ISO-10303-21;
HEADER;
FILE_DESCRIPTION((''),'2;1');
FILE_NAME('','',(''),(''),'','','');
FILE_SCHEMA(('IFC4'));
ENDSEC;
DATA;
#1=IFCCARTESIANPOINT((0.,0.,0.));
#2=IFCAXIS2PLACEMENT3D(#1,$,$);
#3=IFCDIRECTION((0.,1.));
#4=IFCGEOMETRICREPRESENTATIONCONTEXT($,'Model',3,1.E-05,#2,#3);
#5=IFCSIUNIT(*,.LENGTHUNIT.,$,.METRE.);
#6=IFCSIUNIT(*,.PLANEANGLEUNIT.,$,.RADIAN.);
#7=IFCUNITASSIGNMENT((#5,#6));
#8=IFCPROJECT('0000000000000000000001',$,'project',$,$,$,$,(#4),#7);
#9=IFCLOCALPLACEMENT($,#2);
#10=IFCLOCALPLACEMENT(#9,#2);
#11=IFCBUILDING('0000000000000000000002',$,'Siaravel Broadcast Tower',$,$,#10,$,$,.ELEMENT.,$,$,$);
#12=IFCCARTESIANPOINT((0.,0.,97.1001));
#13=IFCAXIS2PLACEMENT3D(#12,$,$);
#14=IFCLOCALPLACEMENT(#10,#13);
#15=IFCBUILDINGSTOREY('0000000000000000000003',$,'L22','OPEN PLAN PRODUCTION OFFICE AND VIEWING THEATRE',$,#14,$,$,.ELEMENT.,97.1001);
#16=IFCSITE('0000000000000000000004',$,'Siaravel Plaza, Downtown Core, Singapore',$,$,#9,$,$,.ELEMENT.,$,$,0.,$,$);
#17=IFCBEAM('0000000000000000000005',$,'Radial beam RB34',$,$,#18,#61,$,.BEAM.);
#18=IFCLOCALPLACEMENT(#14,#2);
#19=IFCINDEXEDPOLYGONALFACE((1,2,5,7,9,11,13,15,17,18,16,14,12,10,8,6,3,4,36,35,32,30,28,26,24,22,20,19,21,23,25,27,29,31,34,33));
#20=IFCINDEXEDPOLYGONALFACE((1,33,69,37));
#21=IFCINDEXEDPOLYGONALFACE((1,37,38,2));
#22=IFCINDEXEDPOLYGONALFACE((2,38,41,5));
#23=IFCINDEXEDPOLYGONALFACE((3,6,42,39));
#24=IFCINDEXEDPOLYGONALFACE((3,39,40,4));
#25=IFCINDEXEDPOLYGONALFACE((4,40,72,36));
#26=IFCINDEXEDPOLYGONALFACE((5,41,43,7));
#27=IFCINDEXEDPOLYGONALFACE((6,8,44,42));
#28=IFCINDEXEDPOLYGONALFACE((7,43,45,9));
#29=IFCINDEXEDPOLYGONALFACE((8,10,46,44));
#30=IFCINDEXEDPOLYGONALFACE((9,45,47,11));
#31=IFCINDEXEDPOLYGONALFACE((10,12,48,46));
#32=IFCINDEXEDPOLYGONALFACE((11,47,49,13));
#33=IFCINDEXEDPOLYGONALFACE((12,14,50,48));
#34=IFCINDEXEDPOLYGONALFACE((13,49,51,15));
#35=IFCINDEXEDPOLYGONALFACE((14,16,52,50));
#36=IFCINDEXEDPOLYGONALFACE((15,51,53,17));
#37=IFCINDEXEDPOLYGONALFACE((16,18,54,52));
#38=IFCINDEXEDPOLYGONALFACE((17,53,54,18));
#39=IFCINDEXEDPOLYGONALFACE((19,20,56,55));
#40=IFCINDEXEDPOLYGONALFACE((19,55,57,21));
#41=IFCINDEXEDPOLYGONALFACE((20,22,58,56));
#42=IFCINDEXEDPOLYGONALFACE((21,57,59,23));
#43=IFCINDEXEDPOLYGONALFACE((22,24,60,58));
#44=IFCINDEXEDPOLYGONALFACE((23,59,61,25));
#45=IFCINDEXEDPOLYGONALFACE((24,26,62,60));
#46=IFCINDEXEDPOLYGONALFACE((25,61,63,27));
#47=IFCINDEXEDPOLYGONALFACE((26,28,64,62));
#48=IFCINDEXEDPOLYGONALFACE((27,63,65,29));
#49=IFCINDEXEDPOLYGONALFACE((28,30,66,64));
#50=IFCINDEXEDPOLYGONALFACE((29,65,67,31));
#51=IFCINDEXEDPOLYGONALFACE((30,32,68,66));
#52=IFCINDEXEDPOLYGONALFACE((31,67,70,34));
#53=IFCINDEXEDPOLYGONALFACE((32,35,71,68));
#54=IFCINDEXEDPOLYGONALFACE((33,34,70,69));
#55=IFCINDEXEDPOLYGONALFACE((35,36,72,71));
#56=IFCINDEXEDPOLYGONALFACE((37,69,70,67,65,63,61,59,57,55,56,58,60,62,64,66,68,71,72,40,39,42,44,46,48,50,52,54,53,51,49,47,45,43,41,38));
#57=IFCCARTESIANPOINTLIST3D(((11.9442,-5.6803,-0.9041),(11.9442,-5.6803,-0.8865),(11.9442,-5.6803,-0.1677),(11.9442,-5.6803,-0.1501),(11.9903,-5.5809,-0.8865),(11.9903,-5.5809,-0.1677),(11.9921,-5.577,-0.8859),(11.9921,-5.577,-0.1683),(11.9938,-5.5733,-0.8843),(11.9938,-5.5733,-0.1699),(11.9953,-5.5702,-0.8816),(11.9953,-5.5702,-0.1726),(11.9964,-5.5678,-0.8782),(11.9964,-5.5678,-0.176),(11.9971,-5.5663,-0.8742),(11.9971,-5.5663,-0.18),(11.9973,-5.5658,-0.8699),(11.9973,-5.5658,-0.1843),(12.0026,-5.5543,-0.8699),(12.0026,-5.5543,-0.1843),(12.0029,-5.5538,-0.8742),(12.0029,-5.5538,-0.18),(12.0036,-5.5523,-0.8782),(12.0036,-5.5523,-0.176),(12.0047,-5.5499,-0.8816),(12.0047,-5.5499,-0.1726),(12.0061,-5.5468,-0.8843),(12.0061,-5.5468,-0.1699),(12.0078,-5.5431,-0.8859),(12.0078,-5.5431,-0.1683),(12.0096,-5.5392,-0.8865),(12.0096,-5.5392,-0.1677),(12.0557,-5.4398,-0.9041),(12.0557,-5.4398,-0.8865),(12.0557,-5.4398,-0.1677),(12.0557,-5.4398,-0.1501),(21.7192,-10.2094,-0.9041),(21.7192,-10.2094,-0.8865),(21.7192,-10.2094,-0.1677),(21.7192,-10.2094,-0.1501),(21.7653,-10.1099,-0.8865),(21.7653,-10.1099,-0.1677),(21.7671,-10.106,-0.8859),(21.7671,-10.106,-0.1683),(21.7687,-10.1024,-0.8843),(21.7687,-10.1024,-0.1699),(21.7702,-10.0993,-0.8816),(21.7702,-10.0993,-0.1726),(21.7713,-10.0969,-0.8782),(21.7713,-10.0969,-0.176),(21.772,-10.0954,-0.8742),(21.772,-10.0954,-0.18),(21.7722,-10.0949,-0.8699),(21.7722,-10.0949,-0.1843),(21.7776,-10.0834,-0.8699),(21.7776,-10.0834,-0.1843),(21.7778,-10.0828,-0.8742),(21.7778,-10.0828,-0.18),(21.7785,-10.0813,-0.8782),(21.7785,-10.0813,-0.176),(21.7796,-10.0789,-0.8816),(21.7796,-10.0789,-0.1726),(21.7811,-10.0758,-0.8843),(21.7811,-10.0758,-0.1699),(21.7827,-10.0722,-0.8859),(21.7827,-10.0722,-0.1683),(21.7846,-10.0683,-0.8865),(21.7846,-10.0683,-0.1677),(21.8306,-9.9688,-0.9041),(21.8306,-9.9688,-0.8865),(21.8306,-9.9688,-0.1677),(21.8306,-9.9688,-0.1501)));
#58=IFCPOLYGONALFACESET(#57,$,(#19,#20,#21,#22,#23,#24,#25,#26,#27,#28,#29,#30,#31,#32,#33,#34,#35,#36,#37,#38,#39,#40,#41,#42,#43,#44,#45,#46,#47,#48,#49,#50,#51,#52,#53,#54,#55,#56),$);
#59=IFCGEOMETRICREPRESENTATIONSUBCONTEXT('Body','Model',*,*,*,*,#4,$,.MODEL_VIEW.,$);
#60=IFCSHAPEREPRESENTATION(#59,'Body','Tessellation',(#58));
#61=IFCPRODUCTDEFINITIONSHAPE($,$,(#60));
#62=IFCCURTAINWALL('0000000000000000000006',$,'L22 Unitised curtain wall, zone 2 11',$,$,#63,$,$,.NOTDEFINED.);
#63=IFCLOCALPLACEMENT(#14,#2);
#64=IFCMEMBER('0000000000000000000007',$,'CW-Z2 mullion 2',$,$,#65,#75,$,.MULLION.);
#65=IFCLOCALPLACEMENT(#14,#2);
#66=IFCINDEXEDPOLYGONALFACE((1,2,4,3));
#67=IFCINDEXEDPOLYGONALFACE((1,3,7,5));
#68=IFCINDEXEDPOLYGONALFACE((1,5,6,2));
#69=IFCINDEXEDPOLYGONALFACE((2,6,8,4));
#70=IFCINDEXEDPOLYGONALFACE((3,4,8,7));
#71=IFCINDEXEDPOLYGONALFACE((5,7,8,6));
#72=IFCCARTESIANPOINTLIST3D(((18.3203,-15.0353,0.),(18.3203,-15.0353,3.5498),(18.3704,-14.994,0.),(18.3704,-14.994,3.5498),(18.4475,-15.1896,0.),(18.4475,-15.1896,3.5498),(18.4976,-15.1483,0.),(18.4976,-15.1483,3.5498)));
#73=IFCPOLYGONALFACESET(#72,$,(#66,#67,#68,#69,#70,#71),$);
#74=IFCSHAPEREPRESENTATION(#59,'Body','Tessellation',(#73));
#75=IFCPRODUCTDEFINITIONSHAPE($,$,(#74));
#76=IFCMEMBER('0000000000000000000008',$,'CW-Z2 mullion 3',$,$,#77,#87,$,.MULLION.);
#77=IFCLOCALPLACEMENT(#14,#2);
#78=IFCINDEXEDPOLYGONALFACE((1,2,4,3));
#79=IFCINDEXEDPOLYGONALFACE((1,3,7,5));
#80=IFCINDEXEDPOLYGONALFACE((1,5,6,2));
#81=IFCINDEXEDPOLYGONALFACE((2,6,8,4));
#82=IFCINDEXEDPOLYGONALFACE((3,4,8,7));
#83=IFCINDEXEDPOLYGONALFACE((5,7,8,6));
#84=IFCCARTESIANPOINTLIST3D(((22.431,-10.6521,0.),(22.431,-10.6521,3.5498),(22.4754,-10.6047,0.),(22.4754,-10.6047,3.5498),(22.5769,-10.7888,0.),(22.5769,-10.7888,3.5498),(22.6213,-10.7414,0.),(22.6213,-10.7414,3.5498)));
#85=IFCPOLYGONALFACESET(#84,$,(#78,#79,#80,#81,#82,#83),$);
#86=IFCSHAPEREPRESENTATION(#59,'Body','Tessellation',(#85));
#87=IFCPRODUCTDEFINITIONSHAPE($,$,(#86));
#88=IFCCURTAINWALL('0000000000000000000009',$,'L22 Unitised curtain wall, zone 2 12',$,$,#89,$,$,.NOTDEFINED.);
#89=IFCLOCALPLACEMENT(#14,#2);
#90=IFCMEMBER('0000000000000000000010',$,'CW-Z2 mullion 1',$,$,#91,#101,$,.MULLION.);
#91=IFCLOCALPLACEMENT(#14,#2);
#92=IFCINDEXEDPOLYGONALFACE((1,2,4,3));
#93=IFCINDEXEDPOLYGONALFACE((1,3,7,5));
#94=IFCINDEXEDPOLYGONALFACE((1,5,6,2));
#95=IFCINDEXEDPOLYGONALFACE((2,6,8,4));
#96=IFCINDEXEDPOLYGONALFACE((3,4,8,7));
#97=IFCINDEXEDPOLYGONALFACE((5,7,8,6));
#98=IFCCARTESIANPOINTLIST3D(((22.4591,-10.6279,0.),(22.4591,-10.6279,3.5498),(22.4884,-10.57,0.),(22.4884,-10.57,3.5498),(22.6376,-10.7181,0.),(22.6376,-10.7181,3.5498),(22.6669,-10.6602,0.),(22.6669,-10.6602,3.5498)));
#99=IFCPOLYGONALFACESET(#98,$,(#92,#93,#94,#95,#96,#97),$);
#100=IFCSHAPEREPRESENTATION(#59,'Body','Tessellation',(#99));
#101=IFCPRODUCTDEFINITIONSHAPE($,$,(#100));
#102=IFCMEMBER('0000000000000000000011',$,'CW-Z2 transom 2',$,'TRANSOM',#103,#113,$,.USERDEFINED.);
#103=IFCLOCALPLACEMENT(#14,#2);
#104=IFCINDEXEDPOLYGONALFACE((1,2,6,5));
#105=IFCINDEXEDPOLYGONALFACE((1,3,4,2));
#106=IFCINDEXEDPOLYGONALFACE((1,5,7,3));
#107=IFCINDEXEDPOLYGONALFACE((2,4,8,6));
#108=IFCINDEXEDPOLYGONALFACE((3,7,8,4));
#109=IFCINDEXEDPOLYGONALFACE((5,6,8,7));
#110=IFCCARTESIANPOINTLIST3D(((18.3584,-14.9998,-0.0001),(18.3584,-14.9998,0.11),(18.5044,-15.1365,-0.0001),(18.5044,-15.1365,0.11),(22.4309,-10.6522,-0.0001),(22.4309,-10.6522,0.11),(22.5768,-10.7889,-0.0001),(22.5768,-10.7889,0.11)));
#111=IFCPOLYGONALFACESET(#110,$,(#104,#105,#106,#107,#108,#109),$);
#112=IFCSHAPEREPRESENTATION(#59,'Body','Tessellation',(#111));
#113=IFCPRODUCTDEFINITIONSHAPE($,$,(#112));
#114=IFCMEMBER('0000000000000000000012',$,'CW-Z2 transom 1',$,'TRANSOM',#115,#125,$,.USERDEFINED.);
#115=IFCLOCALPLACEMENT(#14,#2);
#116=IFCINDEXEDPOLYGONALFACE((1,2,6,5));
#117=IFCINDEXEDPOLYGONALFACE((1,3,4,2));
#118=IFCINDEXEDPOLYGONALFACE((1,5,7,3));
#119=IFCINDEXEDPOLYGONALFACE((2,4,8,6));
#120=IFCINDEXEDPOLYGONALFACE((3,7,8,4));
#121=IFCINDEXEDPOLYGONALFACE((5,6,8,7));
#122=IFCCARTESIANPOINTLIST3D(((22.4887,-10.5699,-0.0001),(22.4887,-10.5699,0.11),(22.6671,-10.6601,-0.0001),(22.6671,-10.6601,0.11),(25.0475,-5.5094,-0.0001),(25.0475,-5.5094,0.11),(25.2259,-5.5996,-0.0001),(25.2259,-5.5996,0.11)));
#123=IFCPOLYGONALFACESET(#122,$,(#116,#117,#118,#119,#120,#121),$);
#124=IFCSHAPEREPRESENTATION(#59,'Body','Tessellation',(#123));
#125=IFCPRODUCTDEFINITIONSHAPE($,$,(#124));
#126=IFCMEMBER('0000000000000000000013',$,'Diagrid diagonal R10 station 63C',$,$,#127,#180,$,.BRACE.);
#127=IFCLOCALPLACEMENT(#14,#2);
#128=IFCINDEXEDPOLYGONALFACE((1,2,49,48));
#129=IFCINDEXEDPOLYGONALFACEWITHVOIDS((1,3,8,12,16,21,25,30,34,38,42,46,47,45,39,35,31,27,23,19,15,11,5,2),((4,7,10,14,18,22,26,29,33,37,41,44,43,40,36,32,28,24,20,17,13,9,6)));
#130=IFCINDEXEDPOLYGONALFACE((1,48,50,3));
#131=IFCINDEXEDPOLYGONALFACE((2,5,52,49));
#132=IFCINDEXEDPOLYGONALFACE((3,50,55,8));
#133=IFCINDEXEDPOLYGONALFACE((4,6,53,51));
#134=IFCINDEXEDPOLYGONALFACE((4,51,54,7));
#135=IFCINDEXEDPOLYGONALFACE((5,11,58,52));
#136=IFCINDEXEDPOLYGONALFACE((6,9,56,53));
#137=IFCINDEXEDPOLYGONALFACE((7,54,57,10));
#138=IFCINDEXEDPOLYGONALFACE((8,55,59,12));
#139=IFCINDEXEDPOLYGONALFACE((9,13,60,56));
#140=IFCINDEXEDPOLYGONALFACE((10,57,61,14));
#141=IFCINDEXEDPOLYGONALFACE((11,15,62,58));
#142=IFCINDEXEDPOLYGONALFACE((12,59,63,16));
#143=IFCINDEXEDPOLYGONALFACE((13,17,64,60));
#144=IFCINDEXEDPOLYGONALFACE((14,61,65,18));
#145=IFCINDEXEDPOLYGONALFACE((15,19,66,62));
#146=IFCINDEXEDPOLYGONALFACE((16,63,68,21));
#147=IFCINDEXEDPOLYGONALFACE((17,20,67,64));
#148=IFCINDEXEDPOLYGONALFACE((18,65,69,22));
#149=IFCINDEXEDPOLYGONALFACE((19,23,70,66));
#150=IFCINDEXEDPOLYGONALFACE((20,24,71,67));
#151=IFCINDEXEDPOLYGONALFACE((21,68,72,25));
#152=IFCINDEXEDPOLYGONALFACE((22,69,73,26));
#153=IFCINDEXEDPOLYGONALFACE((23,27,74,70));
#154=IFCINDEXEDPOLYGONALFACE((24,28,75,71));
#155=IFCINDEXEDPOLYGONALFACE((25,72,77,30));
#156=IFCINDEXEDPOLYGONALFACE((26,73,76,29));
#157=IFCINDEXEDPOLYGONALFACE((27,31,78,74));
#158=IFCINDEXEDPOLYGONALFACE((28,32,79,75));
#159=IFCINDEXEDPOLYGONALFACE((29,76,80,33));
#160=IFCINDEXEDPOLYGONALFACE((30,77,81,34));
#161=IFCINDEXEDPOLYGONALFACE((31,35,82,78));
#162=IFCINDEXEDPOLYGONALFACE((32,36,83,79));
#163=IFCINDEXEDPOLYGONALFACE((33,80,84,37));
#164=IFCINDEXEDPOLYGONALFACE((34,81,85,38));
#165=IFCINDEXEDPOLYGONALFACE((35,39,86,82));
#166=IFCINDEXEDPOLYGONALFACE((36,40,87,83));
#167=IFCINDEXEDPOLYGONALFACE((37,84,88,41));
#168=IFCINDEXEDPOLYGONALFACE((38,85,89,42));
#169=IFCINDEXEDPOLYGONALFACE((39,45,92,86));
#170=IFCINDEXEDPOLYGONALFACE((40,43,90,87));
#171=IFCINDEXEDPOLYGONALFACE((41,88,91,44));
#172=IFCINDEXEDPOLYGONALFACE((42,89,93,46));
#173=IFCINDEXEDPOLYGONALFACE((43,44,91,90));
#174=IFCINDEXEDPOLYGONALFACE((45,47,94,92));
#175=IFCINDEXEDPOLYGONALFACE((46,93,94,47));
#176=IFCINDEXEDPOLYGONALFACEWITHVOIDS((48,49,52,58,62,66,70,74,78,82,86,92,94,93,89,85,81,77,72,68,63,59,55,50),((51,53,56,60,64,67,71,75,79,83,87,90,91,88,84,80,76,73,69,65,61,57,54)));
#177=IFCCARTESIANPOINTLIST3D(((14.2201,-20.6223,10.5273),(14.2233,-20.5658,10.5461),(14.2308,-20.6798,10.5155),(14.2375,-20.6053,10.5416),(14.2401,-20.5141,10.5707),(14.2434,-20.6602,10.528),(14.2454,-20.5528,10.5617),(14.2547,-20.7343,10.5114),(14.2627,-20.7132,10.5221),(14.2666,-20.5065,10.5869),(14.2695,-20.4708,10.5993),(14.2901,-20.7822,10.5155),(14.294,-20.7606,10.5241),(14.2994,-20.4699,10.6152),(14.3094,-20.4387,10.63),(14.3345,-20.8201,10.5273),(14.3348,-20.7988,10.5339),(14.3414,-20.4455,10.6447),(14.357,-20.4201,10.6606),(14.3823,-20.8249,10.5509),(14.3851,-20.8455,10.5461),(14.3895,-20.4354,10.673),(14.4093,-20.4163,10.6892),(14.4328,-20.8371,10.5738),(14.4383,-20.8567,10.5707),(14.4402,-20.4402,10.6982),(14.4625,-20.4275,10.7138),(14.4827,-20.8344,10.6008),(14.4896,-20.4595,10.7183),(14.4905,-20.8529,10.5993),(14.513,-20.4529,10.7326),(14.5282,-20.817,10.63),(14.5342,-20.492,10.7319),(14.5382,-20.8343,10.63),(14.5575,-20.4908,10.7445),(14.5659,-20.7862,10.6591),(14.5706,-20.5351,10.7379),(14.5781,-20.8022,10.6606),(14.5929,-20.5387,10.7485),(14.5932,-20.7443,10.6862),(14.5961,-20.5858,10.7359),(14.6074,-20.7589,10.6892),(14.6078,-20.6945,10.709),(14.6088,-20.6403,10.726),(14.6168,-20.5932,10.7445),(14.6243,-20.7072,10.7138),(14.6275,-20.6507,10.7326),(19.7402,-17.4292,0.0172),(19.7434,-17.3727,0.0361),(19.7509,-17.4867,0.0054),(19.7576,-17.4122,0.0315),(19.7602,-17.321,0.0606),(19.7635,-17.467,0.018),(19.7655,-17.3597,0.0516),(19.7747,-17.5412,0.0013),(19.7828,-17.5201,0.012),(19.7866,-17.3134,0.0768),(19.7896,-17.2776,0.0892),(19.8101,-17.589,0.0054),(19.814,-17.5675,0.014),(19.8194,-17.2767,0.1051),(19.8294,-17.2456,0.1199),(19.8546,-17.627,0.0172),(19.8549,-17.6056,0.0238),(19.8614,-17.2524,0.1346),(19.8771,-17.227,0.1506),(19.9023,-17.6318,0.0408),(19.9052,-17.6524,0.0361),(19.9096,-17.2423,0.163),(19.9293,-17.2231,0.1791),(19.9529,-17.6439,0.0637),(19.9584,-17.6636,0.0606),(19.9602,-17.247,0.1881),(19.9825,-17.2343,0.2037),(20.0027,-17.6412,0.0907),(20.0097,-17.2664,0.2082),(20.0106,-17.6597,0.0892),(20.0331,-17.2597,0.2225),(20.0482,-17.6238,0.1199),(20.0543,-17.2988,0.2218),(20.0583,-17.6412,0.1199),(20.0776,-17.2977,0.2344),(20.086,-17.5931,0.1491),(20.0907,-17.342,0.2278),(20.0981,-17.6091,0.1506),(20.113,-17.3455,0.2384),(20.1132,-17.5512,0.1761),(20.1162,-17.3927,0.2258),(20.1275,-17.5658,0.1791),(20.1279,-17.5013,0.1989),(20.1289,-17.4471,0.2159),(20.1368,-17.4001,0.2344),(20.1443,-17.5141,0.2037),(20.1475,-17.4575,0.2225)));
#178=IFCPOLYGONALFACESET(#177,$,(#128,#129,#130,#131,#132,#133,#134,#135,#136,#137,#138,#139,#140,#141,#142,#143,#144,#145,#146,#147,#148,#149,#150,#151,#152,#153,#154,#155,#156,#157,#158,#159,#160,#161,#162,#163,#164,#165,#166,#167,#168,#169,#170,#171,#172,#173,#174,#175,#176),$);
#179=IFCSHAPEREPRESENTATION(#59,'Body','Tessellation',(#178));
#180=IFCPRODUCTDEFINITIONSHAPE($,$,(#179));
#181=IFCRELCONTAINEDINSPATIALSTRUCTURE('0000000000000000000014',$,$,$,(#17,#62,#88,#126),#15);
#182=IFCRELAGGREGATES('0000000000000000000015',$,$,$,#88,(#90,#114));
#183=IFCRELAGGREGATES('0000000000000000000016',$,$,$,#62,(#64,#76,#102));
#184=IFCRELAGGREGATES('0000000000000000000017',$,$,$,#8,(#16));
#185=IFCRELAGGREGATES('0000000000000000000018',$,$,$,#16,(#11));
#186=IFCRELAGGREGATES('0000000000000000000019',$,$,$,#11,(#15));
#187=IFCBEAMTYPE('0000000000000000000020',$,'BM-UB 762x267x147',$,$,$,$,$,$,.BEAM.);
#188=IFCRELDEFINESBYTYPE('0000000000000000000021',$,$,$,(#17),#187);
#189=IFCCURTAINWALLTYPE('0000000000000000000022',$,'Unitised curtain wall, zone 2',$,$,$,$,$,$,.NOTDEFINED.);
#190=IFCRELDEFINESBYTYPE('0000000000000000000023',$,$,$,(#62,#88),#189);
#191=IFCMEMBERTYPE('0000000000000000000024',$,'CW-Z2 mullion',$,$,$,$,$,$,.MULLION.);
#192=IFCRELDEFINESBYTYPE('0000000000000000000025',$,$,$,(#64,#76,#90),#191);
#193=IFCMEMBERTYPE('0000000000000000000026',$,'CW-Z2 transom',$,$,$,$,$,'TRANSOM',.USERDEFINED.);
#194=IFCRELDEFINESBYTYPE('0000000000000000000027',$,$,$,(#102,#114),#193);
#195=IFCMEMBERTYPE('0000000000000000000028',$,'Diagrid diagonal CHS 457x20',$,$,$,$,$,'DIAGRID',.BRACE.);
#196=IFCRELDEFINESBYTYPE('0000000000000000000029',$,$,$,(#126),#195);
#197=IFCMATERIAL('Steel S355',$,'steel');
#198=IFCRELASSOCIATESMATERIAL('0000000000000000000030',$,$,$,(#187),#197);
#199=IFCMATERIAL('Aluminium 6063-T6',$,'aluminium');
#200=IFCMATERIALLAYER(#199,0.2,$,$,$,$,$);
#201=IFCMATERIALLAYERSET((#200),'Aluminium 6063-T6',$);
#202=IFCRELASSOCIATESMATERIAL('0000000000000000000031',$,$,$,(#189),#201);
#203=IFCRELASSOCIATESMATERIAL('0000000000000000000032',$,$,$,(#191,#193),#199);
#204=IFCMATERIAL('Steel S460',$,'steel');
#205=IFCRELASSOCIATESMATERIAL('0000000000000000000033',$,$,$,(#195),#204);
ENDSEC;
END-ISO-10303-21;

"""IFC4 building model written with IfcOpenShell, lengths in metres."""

from ifc_helpers import new_model, si_unit, direction, frame, origin, origin_2d, place, context, subcontext, project, spatial, rectangle, hollow_circle, i_section, extrude, material, layer, layer_set, material_profile, profile_set, type_object, element, aggregate, save


model = new_model("IFC4")

# Units and contexts
model_context = context("Model", 3, precision=1e-05, world=origin(), true_north=direction((0.0, 1.0)))
body_context = subcontext(model_context, "Body", "Model", "MODEL_VIEW")
ifc_project = project(units=[si_unit("LENGTHUNIT", "METRE"), si_unit("PLANEANGLEUNIT", "RADIAN")], contexts=[model_context])

# Site, building, storey
site_placement = place(None, origin())
site = spatial("IfcSite", under=ifc_project, at=site_placement, Name="Siaravel Plaza, Downtown Core, Singapore", CompositionType="ELEMENT", RefElevation=0.0)
building_placement = place(site_placement, origin())
building = spatial("IfcBuilding", under=site, at=building_placement, Name="Siaravel Broadcast Tower", CompositionType="ELEMENT")
storey_placement = place(building_placement, frame((0.0, 0.0, 97.1001)))
storey = spatial("IfcBuildingStorey", under=building, at=storey_placement, Name="L22", Description="OPEN PLAN PRODUCTION OFFICE AND VIEWING THEATRE", CompositionType="ELEMENT", Elevation=97.1001)

# Beam
ifc_material_1 = material(Name="Steel S355", Category="steel")
ifc_material_profile_1 = material_profile(ifc_material_1, i_section(OverallWidth=0.2651, OverallDepth=0.7539, WebThickness=0.0127, FlangeThickness=0.0176, FilletRadius=0.0166, at=origin_2d()))
ifc_profile_set_1 = profile_set([ifc_material_profile_1], Name="Steel S355")
beam_type = type_object("IfcBeamType", Name="BM-UB 762x267x147", PredefinedType="BEAM", material=ifc_profile_set_1)
beam_1_placement = place(storey_placement, frame((21.7749, -10.0891, -0.5271), z_axis=(-0.907338, 0.420401, 0.0), x_axis=(-0.420401, -0.907338, 0.0)))
element("IfcBeam", 1, at=beam_1_placement, inside=storey, type_object=beam_type, Name="Radial beam RB34", PredefinedType="BEAM", context=body_context, shape_type="SweptSolid", body=[
    extrude(i_section(OverallWidth=0.2651, OverallDepth=0.7539, WebThickness=0.0127, FlangeThickness=0.0176, FilletRadius=0.0166, at=origin_2d()), origin(), (0.0, 0.0, 1.0), 10.7732),
])

# Curtain wall, members
ifc_material_2 = material(Name="Aluminium 6063-T6", Category="aluminium")
ifc_layer_1 = layer(ifc_material_2, 0.2)
ifc_layer_set_1 = layer_set([ifc_layer_1], Name="Aluminium 6063-T6")
curtain_wall_type = type_object("IfcCurtainWallType", Name="Unitised curtain wall, zone 2", PredefinedType="NOTDEFINED", material=ifc_layer_set_1)
curtain_wall_1_placement = place(storey_placement, origin())
curtain_wall_1 = element("IfcCurtainWall", 2, at=curtain_wall_1_placement, inside=storey, type_object=curtain_wall_type, Name="L22 Unitised curtain wall, zone 2 11", PredefinedType="NOTDEFINED")
ifc_material_profile_2 = material_profile(ifc_material_2, rectangle(XDim=0.2, YDim=0.0649, at=origin_2d()))
ifc_profile_set_2 = profile_set([ifc_material_profile_2], Name="Aluminium 6063-T6")
member_type_1 = type_object("IfcMemberType", Name="CW-Z2 mullion", PredefinedType="MULLION", material=ifc_profile_set_2)
member_1_placement = place(storey_placement, frame((18.4089, -15.0918, 0.0), z_axis=(0.0, 0.0, 1.0), x_axis=(-0.636218, 0.771509, 0.0)))
member_1 = element("IfcMember", 3, at=member_1_placement, type_object=member_type_1, Name="CW-Z2 mullion 2", PredefinedType="MULLION", context=body_context, shape_type="SweptSolid", body=[
    extrude(rectangle(XDim=0.2, YDim=0.0649, at=origin_2d()), origin(), (0.0, 0.0, 1.0), 3.5498),
])
member_2_placement = place(storey_placement, frame((22.5261, -10.6968, 0.0), z_axis=(0.0, 0.0, 1.0), x_axis=(-0.729805, 0.683656, 0.0)))
member_2 = element("IfcMember", 4, at=member_2_placement, type_object=member_type_1, Name="CW-Z2 mullion 3", PredefinedType="MULLION", context=body_context, shape_type="SweptSolid", body=[
    extrude(rectangle(XDim=0.2, YDim=0.0649, at=origin_2d()), origin(), (0.0, 0.0, 1.0), 3.5498),
])

# Curtain wall, member
curtain_wall_2_placement = place(storey_placement, origin())
curtain_wall_2 = element("IfcCurtainWall", 5, at=curtain_wall_2_placement, inside=storey, type_object=curtain_wall_type, Name="L22 Unitised curtain wall, zone 2 12", PredefinedType="NOTDEFINED")
member_3_placement = place(storey_placement, frame((22.563, -10.644, 0.0), z_axis=(0.0, 0.0, 1.0), x_axis=(-0.892392, 0.451261, 0.0)))
member_3 = element("IfcMember", 6, at=member_3_placement, type_object=member_type_1, Name="CW-Z2 mullion 1", PredefinedType="MULLION", context=body_context, shape_type="SweptSolid", body=[
    extrude(rectangle(XDim=0.2, YDim=0.0649, at=origin_2d()), origin(), (0.0, 0.0, 1.0), 3.5498),
])

# Members
ifc_material_profile_3 = material_profile(ifc_material_2, rectangle(XDim=0.2, YDim=0.1101, at=origin_2d()))
ifc_profile_set_3 = profile_set([ifc_material_profile_3], Name="Aluminium 6063-T6")
member_type_2 = type_object("IfcMemberType", Name="CW-Z2 transom", ElementType="TRANSOM", PredefinedType="USERDEFINED", material=ifc_profile_set_3)
member_4_placement = place(storey_placement, frame((18.4314, -15.0681, 0.0549), z_axis=(0.683636, 0.729823, 0.0), x_axis=(-0.729823, 0.683636, 0.0)))
member_4 = element("IfcMember", 7, at=member_4_placement, type_object=member_type_2, Name="CW-Z2 transom 2", ObjectType="TRANSOM", PredefinedType="USERDEFINED", context=body_context, shape_type="SweptSolid", body=[
    extrude(rectangle(XDim=0.2, YDim=0.1101, at=origin_2d()), origin(), (0.0, 0.0, 1.0), 5.957),
])
member_5_placement = place(storey_placement, frame((22.5779, -10.615, 0.0549), z_axis=(0.451239, 0.892403, 0.0), x_axis=(-0.892403, 0.451239, 0.0)))
member_5 = element("IfcMember", 8, at=member_5_placement, type_object=member_type_2, Name="CW-Z2 transom 1", ObjectType="TRANSOM", PredefinedType="USERDEFINED", context=body_context, shape_type="SweptSolid", body=[
    extrude(rectangle(XDim=0.2, YDim=0.1101, at=origin_2d()), origin(), (0.0, 0.0, 1.0), 5.6707),
])
aggregate(curtain_wall_2, [member_3, member_5])

# Member
ifc_material_3 = material(Name="Steel S460", Category="steel")
ifc_material_profile_4 = material_profile(ifc_material_3, hollow_circle(Radius=0.2285, WallThickness=0.02, at=origin_2d()))
ifc_profile_set_4 = profile_set([ifc_material_profile_4], Name="Steel S460")
member_type_3 = type_object("IfcMemberType", Name="Diagrid diagonal CHS 457x20", ElementType="DIAGRID", PredefinedType="BRACE", material=ifc_profile_set_4)
member_6_placement = place(storey_placement, frame((19.9438, -17.4434, 0.1199), z_axis=(-0.449024, -0.259743, 0.854933), x_axis=(0.500721, -0.865609, 0.0)))
element("IfcMember", 9, at=member_6_placement, inside=storey, type_object=member_type_3, Name="Diagrid diagonal R10 station 63C", PredefinedType="BRACE", context=body_context, shape_type="SweptSolid", body=[
    extrude(hollow_circle(Radius=0.2285, WallThickness=0.02, at=origin_2d()), origin(), (0.0, 0.0, 1.0), 12.2935),
])

aggregate(curtain_wall_1, [member_1, member_2, member_4])

save(model, "model.ifc")
